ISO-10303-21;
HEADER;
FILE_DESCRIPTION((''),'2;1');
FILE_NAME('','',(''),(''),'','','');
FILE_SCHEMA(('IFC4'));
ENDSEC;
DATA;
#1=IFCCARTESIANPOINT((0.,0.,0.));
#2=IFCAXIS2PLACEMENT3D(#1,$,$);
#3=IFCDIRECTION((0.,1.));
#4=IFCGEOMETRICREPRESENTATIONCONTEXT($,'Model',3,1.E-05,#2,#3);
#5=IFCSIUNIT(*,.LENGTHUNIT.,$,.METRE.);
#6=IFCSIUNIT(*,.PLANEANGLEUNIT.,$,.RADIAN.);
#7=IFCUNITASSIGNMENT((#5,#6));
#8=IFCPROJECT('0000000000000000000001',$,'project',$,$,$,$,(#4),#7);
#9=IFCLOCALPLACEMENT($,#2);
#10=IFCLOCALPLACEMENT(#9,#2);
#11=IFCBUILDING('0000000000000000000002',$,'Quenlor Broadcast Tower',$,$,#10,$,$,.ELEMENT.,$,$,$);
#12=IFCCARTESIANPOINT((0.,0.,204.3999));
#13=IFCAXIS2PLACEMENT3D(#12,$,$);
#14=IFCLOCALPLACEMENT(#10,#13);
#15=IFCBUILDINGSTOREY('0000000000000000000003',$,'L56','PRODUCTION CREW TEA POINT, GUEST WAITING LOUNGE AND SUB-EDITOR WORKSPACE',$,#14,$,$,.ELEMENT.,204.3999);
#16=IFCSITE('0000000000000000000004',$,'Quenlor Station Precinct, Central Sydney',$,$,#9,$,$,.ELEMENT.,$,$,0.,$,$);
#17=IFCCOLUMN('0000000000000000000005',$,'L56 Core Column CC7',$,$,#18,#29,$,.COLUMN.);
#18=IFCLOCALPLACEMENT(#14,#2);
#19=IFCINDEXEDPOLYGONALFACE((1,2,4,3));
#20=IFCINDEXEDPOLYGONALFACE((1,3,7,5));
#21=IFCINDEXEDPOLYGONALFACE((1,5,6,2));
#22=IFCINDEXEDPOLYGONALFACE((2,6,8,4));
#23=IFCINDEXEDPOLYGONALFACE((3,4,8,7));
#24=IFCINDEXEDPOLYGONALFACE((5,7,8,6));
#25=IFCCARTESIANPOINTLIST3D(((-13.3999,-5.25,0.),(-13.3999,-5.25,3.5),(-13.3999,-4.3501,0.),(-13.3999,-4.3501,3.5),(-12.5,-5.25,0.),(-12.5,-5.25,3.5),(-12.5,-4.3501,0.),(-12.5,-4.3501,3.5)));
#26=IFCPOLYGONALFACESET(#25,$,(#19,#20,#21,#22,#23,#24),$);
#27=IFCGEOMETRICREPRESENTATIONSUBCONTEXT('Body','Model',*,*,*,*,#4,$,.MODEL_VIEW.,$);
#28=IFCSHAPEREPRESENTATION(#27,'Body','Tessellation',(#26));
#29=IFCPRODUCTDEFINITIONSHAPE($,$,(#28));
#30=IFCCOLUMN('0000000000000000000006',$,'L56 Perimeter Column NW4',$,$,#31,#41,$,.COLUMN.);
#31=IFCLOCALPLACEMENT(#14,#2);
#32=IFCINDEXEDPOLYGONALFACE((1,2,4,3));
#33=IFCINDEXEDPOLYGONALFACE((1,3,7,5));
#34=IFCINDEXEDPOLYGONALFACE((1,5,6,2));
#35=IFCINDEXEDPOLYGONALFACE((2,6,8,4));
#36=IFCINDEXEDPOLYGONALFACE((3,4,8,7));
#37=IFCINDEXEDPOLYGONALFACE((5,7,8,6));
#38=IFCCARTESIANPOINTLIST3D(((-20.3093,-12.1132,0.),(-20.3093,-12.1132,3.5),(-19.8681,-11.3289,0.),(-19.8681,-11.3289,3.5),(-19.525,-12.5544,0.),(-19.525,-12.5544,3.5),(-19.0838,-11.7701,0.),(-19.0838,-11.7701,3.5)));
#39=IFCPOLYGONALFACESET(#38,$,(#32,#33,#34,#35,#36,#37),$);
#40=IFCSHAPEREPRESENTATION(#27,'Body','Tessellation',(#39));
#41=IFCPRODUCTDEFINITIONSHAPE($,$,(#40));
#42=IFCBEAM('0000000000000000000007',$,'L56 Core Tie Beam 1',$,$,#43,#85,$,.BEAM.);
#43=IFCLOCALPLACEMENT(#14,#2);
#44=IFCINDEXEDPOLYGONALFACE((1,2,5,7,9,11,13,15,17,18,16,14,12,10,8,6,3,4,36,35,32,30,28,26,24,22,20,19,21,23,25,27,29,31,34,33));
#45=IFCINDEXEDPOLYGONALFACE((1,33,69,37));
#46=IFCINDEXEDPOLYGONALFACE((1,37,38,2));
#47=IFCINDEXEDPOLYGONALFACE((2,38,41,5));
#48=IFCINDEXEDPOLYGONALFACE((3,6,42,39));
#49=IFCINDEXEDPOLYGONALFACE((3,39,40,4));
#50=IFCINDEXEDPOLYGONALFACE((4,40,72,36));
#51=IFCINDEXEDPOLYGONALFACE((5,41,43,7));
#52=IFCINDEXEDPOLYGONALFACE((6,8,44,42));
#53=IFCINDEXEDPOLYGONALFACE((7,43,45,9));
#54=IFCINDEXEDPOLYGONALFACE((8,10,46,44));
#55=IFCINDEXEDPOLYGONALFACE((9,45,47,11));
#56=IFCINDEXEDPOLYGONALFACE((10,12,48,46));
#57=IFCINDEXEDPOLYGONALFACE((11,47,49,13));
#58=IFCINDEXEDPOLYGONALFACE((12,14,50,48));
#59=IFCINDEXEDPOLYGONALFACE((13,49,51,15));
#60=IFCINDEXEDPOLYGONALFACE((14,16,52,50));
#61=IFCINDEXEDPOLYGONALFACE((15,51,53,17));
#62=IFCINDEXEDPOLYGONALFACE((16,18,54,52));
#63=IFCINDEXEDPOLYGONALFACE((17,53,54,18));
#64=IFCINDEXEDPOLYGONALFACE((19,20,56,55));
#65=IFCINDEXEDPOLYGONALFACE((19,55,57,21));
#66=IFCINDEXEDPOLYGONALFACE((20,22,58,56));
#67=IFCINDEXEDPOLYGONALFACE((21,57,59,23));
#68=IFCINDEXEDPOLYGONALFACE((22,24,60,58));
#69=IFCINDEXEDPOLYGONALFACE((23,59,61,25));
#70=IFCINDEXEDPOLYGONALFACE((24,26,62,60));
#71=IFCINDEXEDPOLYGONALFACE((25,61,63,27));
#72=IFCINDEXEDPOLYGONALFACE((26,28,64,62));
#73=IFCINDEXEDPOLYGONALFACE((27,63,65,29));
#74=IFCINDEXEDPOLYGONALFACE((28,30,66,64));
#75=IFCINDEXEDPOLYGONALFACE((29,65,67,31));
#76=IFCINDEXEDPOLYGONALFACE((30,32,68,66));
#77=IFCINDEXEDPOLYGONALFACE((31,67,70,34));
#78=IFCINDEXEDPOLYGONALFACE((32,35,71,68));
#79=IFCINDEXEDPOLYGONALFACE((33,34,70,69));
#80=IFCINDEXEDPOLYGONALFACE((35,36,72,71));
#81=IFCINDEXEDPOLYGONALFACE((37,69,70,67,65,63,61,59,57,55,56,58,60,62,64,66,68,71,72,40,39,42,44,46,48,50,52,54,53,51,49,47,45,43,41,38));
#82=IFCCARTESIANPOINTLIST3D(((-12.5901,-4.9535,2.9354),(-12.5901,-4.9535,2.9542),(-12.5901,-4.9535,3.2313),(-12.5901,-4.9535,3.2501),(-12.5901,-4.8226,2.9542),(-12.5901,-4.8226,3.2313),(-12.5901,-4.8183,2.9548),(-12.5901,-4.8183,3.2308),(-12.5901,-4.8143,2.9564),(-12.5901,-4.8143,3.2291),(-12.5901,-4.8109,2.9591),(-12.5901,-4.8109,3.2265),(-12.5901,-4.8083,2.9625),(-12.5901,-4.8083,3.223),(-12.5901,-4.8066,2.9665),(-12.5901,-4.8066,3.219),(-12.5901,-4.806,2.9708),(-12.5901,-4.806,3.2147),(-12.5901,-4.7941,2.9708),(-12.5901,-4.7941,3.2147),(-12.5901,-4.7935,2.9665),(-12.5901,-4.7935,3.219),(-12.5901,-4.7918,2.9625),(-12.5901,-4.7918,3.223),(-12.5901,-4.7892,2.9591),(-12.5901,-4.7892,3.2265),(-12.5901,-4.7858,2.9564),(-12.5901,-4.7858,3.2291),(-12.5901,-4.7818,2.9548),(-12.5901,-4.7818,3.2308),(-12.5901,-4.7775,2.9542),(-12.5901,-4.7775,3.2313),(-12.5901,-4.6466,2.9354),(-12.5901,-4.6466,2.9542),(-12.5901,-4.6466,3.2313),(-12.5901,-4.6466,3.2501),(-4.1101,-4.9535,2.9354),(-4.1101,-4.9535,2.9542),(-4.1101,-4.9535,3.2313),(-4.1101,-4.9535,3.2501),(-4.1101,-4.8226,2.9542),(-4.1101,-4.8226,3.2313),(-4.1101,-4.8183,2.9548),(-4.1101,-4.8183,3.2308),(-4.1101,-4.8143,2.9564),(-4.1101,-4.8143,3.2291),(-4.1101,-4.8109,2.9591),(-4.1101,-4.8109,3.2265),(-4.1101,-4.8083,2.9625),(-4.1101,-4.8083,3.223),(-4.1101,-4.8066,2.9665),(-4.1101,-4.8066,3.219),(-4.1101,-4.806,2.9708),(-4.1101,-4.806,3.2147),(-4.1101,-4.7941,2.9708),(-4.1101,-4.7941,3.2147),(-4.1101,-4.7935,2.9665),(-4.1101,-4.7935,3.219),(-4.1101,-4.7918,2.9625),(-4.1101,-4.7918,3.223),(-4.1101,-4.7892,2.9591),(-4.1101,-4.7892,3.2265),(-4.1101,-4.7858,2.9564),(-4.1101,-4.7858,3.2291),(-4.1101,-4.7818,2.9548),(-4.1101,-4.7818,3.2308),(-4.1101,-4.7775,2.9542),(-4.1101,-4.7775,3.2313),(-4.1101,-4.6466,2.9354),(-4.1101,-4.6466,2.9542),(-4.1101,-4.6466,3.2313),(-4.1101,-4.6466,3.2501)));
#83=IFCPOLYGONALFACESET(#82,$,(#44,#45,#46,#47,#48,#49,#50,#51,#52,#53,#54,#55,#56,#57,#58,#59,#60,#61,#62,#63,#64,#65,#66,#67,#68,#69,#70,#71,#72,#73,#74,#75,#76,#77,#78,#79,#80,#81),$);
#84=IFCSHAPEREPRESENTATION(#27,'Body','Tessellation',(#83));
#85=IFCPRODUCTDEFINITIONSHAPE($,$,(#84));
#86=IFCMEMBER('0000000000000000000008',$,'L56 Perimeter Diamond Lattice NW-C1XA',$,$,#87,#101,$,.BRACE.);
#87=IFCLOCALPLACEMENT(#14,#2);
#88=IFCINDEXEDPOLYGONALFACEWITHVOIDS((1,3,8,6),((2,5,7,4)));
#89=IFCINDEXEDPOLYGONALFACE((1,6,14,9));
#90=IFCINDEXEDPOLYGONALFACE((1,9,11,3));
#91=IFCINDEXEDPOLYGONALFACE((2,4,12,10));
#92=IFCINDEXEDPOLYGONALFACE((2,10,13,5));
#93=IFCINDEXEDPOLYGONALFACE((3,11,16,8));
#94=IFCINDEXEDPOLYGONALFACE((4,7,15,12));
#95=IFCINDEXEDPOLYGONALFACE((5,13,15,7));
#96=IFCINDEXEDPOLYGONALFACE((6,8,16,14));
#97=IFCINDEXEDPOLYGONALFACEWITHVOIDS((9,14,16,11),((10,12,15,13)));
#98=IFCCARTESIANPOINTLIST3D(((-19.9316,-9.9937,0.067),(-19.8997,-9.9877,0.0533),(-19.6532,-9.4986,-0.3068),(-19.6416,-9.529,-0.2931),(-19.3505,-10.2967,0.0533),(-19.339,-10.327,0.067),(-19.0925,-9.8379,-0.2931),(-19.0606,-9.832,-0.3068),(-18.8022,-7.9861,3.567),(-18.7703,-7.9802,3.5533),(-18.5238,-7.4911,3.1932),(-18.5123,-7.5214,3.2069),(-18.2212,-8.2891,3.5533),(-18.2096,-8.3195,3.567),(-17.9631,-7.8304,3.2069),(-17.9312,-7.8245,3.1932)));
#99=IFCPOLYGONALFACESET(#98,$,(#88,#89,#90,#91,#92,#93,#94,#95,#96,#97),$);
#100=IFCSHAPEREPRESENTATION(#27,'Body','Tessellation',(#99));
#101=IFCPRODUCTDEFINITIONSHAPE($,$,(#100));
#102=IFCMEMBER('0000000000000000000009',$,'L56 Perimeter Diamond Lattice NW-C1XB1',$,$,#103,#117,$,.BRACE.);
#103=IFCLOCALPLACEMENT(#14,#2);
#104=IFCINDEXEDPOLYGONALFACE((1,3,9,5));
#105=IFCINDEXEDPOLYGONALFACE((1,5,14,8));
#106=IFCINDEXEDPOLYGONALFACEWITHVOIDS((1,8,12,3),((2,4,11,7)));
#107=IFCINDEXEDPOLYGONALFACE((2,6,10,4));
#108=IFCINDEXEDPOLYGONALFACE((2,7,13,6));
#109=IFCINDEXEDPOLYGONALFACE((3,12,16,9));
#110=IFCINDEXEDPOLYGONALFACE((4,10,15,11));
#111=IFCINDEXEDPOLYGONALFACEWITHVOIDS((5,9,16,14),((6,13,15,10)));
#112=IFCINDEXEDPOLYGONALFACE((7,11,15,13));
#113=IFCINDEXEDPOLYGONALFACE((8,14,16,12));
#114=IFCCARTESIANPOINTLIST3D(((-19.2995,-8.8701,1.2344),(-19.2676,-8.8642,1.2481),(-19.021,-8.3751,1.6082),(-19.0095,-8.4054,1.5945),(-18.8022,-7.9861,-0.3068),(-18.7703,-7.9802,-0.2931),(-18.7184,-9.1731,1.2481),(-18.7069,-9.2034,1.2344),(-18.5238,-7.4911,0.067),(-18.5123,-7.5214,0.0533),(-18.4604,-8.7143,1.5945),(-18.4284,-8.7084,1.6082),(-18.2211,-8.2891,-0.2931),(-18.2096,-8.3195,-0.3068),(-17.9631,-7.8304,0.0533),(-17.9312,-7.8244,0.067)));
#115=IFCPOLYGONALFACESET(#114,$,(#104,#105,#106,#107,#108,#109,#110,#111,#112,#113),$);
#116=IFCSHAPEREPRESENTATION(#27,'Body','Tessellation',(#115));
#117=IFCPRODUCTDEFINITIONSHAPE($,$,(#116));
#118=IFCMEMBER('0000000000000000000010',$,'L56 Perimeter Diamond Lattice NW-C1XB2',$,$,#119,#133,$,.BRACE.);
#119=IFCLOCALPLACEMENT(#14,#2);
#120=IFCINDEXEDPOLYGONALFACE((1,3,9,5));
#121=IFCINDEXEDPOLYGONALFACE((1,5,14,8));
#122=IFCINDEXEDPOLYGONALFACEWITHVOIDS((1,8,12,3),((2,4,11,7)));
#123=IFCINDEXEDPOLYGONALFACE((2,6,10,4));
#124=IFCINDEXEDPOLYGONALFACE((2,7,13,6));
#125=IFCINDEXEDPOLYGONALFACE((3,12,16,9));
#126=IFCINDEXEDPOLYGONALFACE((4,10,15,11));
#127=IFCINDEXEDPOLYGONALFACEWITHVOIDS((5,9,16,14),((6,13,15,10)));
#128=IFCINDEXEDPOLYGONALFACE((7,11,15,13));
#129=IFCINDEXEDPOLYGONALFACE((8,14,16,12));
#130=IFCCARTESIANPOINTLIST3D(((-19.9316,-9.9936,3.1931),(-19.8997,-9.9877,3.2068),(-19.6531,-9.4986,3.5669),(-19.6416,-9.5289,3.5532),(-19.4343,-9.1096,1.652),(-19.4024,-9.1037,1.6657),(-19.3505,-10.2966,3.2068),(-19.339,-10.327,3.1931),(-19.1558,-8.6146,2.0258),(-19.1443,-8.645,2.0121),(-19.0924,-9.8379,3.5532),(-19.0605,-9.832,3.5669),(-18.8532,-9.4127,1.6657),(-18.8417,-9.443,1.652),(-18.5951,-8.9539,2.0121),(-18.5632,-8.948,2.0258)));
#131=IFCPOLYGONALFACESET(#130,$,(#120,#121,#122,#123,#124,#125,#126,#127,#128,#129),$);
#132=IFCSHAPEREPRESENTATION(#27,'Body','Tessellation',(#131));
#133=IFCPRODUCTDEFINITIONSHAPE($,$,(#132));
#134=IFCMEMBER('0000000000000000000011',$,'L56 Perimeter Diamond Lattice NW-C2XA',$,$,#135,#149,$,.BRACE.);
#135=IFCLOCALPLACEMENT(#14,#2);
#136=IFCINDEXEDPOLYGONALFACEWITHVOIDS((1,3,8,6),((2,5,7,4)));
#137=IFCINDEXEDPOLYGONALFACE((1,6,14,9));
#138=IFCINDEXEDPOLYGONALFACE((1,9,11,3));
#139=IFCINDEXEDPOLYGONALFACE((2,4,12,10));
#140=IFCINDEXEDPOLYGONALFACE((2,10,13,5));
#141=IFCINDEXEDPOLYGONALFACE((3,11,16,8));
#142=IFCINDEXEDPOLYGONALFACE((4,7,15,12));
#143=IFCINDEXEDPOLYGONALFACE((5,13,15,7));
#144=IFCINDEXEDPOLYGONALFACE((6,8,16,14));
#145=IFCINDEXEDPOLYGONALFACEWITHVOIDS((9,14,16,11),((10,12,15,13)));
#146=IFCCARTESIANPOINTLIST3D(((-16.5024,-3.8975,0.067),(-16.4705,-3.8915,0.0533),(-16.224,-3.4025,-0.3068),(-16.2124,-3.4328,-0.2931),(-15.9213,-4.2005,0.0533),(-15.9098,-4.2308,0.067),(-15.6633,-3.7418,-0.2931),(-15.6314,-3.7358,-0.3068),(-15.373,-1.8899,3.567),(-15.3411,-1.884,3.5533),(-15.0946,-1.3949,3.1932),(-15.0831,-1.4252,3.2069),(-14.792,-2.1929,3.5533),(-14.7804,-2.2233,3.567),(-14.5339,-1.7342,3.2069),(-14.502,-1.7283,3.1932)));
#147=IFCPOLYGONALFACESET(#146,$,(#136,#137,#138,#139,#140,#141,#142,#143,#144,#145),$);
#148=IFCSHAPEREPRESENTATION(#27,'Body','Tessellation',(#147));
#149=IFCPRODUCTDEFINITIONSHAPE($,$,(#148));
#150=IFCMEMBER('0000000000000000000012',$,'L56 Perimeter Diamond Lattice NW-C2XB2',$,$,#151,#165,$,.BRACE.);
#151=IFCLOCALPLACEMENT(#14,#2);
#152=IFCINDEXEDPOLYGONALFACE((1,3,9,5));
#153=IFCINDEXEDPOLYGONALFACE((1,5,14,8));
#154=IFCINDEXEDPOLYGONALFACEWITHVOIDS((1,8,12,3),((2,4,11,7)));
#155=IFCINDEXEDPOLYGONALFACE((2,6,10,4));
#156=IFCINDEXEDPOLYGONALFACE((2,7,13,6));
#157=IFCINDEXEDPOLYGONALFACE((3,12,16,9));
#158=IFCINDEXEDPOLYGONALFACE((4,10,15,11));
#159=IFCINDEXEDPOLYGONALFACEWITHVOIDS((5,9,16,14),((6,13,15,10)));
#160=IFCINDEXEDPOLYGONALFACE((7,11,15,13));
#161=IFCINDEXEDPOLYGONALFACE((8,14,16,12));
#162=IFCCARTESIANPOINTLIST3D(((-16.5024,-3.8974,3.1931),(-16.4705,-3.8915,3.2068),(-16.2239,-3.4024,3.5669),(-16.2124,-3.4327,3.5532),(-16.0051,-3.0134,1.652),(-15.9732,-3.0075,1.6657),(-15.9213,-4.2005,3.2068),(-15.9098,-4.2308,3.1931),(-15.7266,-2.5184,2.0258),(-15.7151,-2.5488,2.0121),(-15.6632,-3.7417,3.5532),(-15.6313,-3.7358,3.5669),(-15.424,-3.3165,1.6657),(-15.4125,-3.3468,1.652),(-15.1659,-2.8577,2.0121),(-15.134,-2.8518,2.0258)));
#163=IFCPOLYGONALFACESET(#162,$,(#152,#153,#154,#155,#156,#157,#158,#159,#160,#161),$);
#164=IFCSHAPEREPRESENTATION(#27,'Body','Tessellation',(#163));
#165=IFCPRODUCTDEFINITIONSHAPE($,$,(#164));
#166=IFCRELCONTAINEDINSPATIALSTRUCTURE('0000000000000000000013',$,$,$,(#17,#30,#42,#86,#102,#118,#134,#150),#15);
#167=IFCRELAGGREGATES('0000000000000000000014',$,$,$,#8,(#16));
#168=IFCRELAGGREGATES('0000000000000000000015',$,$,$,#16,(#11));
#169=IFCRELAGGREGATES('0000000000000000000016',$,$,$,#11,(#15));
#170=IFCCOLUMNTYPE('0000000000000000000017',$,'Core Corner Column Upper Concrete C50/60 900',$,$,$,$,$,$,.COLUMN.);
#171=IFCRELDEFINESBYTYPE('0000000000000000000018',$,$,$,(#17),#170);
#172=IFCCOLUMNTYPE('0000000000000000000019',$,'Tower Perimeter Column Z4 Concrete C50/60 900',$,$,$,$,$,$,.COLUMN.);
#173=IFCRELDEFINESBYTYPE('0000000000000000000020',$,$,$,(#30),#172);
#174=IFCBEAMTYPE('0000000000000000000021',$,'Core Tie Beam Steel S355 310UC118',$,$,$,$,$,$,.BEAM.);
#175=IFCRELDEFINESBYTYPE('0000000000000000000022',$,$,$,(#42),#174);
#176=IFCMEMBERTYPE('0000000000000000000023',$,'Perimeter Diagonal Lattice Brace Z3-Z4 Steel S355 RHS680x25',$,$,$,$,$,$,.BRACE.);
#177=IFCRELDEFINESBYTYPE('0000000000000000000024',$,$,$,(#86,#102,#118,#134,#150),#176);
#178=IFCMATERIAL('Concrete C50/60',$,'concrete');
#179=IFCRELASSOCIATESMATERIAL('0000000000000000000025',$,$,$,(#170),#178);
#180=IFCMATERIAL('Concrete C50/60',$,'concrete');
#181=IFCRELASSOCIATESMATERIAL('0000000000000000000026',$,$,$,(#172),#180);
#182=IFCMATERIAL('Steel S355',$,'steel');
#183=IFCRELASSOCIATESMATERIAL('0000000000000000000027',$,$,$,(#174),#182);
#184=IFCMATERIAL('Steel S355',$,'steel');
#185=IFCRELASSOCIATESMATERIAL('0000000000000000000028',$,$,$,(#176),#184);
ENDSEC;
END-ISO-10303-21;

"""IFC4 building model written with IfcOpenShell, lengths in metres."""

from ifc_helpers import new_model, si_unit, direction, frame, origin, origin_2d, place, context, subcontext, project, spatial, rectangle, hollow_rectangle, i_section, extrude, material, material_profile, profile_set, type_object, element, save


model = new_model("IFC4")

# Units and contexts
model_context = context("Model", 3, precision=1e-05, world=origin(), true_north=direction((0.0, 1.0)))
body_context = subcontext(model_context, "Body", "Model", "MODEL_VIEW")
ifc_project = project(units=[si_unit("LENGTHUNIT", "METRE"), si_unit("PLANEANGLEUNIT", "RADIAN")], contexts=[model_context])

# Site, building, storey
site_placement = place(None, origin())
site = spatial("IfcSite", under=ifc_project, at=site_placement, Name="Quenlor Station Precinct, Central Sydney", CompositionType="ELEMENT", RefElevation=0.0)
building_placement = place(site_placement, origin())
building = spatial("IfcBuilding", under=site, at=building_placement, Name="Quenlor Broadcast Tower", CompositionType="ELEMENT")
storey_placement = place(building_placement, frame((0.0, 0.0, 204.3999)))
storey = spatial("IfcBuildingStorey", under=building, at=storey_placement, Name="L56", Description="PRODUCTION CREW TEA POINT, GUEST WAITING LOUNGE AND SUB-EDITOR WORKSPACE", CompositionType="ELEMENT", Elevation=204.3999)

# Columns
ifc_material_1 = material(Name="Concrete C50/60", Category="concrete")
ifc_material_profile_1 = material_profile(ifc_material_1, rectangle(XDim=0.8999, YDim=0.8999, at=origin_2d()))
ifc_profile_set_1 = profile_set([ifc_material_profile_1], Name="Concrete C50/60 RC900x900")
column_type_1 = type_object("IfcColumnType", Name="Core Corner Column Upper Concrete C50/60 900", PredefinedType="COLUMN", material=ifc_profile_set_1)
column_1_placement = place(storey_placement, frame((-12.95, -4.8, 0.0), z_axis=(0.0, 0.0, 1.0), x_axis=(1.0, 0.0, 0.0)))
element("IfcColumn", 1, at=column_1_placement, inside=storey, type_object=column_type_1, Name="L56 Core Column CC7", PredefinedType="COLUMN", context=body_context, shape_type="SweptSolid", body=[
    extrude(rectangle(XDim=0.8999, YDim=0.8999, at=origin_2d()), origin(), (0.0, 0.0, 1.0), 3.5),
])
ifc_material_2 = material(Name="Concrete C50/60", Category="concrete")
ifc_material_profile_2 = material_profile(ifc_material_2, rectangle(XDim=0.8999, YDim=0.8999, at=origin_2d()))
ifc_profile_set_2 = profile_set([ifc_material_profile_2], Name="Concrete C50/60 RC900x900")
column_type_2 = type_object("IfcColumnType", Name="Tower Perimeter Column Z4 Concrete C50/60 900", PredefinedType="COLUMN", material=ifc_profile_set_2)
column_2_placement = place(storey_placement, frame((-19.6965, -11.9417, 0.0), z_axis=(0.0, 0.0, 1.0), x_axis=(-0.871575, 0.490262, 0.0)))
element("IfcColumn", 2, at=column_2_placement, inside=storey, type_object=column_type_2, Name="L56 Perimeter Column NW4", PredefinedType="COLUMN", context=body_context, shape_type="SweptSolid", body=[
    extrude(rectangle(XDim=0.8999, YDim=0.8999, at=origin_2d()), origin(), (0.0, 0.0, 1.0), 3.5),
])

# Beam
ifc_material_3 = material(Name="Steel S355", Category="steel")
ifc_material_profile_3 = material_profile(ifc_material_3, i_section(OverallWidth=0.3069, OverallDepth=0.3147, WebThickness=0.012, FlangeThickness=0.0188, FilletRadius=0.0166, at=origin_2d()))
ifc_profile_set_3 = profile_set([ifc_material_profile_3], Name="Steel S355 310UC118")
beam_type_1 = type_object("IfcBeamType", Name="Core Tie Beam Steel S355 310UC118", PredefinedType="BEAM", material=ifc_profile_set_3)
beam_1_placement = place(storey_placement, frame((-12.5901, -4.8, 3.0928), z_axis=(1.0, 0.0, 0.0), x_axis=(0.0, 1.0, 0.0)))
element("IfcBeam", 3, at=beam_1_placement, inside=storey, type_object=beam_type_1, Name="L56 Core Tie Beam 1", PredefinedType="BEAM", context=body_context, shape_type="SweptSolid", body=[
    extrude(i_section(OverallWidth=0.3069, OverallDepth=0.3147, WebThickness=0.012, FlangeThickness=0.0188, FilletRadius=0.0166, at=origin_2d()), origin(), (0.0, 0.0, 1.0), 8.48),
])

# Members
ifc_material_4 = material(Name="Steel S355", Category="steel")
ifc_material_profile_4 = material_profile(ifc_material_4, hollow_rectangle(XDim=0.6799, YDim=0.6799, WallThickness=0.0249, at=origin_2d()))
ifc_profile_set_4 = profile_set([ifc_material_profile_4], Name="Steel S355 RHS680x680x25")
member_type = type_object("IfcMemberType", Name="Perimeter Diagonal Lattice Brace Z3-Z4 Steel S355 RHS680x25", PredefinedType="BRACE", material=ifc_profile_set_4)
member_1_placement = place(storey_placement, frame((-19.4961, -9.9128, -0.1199), z_axis=(0.269547, 0.479136, 0.835328), x_axis=(-0.87155, 0.490307, 0.0)))
element("IfcMember", 4, at=member_1_placement, inside=storey, type_object=member_type, Name="L56 Perimeter Diamond Lattice NW-C1XA", PredefinedType="BRACE", context=body_context, shape_type="SweptSolid", body=[
    extrude(hollow_rectangle(XDim=0.6799, YDim=0.6799, WallThickness=0.0249, at=origin_2d()), origin(), (0.0, 0.0, 1.0), 4.1899),
])
for number, where, z_axis, x_axis, name in (
    (5, (-18.3667, -7.9053, -0.1199), (-0.269536, -0.47913, 0.835335), (0.871556, -0.490296, 0.0), "L56 Perimeter Diamond Lattice NW-C1XB1"),
    (6, (-18.9988, -9.0288, 1.8389), (-0.269536, -0.47913, 0.835335), (0.871556, -0.490296, 0.0), "L56 Perimeter Diamond Lattice NW-C1XB2"),
):
    element("IfcMember", number, at=place(storey_placement, frame(where, z_axis=z_axis, x_axis=x_axis)), inside=storey, type_object=member_type, Name=name, PredefinedType="BRACE", context=body_context, shape_type="SweptSolid", body=[
        extrude(hollow_rectangle(XDim=0.6799, YDim=0.6799, WallThickness=0.0249, at=origin_2d()), origin(), (0.0, 0.0, 1.0), 1.845),
    ])
member_2_placement = place(storey_placement, frame((-16.0669, -3.8167, -0.1199), z_axis=(0.269547, 0.479136, 0.835328), x_axis=(-0.87155, 0.490307, 0.0)))
element("IfcMember", 7, at=member_2_placement, inside=storey, type_object=member_type, Name="L56 Perimeter Diamond Lattice NW-C2XA", PredefinedType="BRACE", context=body_context, shape_type="SweptSolid", body=[
    extrude(hollow_rectangle(XDim=0.6799, YDim=0.6799, WallThickness=0.0249, at=origin_2d()), origin(), (0.0, 0.0, 1.0), 4.1899),
])
member_3_placement = place(storey_placement, frame((-15.5696, -2.9326, 1.8389), z_axis=(-0.269536, -0.47913, 0.835335), x_axis=(0.871556, -0.490296, 0.0)))
element("IfcMember", 8, at=member_3_placement, inside=storey, type_object=member_type, Name="L56 Perimeter Diamond Lattice NW-C2XB2", PredefinedType="BRACE", context=body_context, shape_type="SweptSolid", body=[
    extrude(hollow_rectangle(XDim=0.6799, YDim=0.6799, WallThickness=0.0249, at=origin_2d()), origin(), (0.0, 0.0, 1.0), 1.845),
])

save(model, "model.ifc")
